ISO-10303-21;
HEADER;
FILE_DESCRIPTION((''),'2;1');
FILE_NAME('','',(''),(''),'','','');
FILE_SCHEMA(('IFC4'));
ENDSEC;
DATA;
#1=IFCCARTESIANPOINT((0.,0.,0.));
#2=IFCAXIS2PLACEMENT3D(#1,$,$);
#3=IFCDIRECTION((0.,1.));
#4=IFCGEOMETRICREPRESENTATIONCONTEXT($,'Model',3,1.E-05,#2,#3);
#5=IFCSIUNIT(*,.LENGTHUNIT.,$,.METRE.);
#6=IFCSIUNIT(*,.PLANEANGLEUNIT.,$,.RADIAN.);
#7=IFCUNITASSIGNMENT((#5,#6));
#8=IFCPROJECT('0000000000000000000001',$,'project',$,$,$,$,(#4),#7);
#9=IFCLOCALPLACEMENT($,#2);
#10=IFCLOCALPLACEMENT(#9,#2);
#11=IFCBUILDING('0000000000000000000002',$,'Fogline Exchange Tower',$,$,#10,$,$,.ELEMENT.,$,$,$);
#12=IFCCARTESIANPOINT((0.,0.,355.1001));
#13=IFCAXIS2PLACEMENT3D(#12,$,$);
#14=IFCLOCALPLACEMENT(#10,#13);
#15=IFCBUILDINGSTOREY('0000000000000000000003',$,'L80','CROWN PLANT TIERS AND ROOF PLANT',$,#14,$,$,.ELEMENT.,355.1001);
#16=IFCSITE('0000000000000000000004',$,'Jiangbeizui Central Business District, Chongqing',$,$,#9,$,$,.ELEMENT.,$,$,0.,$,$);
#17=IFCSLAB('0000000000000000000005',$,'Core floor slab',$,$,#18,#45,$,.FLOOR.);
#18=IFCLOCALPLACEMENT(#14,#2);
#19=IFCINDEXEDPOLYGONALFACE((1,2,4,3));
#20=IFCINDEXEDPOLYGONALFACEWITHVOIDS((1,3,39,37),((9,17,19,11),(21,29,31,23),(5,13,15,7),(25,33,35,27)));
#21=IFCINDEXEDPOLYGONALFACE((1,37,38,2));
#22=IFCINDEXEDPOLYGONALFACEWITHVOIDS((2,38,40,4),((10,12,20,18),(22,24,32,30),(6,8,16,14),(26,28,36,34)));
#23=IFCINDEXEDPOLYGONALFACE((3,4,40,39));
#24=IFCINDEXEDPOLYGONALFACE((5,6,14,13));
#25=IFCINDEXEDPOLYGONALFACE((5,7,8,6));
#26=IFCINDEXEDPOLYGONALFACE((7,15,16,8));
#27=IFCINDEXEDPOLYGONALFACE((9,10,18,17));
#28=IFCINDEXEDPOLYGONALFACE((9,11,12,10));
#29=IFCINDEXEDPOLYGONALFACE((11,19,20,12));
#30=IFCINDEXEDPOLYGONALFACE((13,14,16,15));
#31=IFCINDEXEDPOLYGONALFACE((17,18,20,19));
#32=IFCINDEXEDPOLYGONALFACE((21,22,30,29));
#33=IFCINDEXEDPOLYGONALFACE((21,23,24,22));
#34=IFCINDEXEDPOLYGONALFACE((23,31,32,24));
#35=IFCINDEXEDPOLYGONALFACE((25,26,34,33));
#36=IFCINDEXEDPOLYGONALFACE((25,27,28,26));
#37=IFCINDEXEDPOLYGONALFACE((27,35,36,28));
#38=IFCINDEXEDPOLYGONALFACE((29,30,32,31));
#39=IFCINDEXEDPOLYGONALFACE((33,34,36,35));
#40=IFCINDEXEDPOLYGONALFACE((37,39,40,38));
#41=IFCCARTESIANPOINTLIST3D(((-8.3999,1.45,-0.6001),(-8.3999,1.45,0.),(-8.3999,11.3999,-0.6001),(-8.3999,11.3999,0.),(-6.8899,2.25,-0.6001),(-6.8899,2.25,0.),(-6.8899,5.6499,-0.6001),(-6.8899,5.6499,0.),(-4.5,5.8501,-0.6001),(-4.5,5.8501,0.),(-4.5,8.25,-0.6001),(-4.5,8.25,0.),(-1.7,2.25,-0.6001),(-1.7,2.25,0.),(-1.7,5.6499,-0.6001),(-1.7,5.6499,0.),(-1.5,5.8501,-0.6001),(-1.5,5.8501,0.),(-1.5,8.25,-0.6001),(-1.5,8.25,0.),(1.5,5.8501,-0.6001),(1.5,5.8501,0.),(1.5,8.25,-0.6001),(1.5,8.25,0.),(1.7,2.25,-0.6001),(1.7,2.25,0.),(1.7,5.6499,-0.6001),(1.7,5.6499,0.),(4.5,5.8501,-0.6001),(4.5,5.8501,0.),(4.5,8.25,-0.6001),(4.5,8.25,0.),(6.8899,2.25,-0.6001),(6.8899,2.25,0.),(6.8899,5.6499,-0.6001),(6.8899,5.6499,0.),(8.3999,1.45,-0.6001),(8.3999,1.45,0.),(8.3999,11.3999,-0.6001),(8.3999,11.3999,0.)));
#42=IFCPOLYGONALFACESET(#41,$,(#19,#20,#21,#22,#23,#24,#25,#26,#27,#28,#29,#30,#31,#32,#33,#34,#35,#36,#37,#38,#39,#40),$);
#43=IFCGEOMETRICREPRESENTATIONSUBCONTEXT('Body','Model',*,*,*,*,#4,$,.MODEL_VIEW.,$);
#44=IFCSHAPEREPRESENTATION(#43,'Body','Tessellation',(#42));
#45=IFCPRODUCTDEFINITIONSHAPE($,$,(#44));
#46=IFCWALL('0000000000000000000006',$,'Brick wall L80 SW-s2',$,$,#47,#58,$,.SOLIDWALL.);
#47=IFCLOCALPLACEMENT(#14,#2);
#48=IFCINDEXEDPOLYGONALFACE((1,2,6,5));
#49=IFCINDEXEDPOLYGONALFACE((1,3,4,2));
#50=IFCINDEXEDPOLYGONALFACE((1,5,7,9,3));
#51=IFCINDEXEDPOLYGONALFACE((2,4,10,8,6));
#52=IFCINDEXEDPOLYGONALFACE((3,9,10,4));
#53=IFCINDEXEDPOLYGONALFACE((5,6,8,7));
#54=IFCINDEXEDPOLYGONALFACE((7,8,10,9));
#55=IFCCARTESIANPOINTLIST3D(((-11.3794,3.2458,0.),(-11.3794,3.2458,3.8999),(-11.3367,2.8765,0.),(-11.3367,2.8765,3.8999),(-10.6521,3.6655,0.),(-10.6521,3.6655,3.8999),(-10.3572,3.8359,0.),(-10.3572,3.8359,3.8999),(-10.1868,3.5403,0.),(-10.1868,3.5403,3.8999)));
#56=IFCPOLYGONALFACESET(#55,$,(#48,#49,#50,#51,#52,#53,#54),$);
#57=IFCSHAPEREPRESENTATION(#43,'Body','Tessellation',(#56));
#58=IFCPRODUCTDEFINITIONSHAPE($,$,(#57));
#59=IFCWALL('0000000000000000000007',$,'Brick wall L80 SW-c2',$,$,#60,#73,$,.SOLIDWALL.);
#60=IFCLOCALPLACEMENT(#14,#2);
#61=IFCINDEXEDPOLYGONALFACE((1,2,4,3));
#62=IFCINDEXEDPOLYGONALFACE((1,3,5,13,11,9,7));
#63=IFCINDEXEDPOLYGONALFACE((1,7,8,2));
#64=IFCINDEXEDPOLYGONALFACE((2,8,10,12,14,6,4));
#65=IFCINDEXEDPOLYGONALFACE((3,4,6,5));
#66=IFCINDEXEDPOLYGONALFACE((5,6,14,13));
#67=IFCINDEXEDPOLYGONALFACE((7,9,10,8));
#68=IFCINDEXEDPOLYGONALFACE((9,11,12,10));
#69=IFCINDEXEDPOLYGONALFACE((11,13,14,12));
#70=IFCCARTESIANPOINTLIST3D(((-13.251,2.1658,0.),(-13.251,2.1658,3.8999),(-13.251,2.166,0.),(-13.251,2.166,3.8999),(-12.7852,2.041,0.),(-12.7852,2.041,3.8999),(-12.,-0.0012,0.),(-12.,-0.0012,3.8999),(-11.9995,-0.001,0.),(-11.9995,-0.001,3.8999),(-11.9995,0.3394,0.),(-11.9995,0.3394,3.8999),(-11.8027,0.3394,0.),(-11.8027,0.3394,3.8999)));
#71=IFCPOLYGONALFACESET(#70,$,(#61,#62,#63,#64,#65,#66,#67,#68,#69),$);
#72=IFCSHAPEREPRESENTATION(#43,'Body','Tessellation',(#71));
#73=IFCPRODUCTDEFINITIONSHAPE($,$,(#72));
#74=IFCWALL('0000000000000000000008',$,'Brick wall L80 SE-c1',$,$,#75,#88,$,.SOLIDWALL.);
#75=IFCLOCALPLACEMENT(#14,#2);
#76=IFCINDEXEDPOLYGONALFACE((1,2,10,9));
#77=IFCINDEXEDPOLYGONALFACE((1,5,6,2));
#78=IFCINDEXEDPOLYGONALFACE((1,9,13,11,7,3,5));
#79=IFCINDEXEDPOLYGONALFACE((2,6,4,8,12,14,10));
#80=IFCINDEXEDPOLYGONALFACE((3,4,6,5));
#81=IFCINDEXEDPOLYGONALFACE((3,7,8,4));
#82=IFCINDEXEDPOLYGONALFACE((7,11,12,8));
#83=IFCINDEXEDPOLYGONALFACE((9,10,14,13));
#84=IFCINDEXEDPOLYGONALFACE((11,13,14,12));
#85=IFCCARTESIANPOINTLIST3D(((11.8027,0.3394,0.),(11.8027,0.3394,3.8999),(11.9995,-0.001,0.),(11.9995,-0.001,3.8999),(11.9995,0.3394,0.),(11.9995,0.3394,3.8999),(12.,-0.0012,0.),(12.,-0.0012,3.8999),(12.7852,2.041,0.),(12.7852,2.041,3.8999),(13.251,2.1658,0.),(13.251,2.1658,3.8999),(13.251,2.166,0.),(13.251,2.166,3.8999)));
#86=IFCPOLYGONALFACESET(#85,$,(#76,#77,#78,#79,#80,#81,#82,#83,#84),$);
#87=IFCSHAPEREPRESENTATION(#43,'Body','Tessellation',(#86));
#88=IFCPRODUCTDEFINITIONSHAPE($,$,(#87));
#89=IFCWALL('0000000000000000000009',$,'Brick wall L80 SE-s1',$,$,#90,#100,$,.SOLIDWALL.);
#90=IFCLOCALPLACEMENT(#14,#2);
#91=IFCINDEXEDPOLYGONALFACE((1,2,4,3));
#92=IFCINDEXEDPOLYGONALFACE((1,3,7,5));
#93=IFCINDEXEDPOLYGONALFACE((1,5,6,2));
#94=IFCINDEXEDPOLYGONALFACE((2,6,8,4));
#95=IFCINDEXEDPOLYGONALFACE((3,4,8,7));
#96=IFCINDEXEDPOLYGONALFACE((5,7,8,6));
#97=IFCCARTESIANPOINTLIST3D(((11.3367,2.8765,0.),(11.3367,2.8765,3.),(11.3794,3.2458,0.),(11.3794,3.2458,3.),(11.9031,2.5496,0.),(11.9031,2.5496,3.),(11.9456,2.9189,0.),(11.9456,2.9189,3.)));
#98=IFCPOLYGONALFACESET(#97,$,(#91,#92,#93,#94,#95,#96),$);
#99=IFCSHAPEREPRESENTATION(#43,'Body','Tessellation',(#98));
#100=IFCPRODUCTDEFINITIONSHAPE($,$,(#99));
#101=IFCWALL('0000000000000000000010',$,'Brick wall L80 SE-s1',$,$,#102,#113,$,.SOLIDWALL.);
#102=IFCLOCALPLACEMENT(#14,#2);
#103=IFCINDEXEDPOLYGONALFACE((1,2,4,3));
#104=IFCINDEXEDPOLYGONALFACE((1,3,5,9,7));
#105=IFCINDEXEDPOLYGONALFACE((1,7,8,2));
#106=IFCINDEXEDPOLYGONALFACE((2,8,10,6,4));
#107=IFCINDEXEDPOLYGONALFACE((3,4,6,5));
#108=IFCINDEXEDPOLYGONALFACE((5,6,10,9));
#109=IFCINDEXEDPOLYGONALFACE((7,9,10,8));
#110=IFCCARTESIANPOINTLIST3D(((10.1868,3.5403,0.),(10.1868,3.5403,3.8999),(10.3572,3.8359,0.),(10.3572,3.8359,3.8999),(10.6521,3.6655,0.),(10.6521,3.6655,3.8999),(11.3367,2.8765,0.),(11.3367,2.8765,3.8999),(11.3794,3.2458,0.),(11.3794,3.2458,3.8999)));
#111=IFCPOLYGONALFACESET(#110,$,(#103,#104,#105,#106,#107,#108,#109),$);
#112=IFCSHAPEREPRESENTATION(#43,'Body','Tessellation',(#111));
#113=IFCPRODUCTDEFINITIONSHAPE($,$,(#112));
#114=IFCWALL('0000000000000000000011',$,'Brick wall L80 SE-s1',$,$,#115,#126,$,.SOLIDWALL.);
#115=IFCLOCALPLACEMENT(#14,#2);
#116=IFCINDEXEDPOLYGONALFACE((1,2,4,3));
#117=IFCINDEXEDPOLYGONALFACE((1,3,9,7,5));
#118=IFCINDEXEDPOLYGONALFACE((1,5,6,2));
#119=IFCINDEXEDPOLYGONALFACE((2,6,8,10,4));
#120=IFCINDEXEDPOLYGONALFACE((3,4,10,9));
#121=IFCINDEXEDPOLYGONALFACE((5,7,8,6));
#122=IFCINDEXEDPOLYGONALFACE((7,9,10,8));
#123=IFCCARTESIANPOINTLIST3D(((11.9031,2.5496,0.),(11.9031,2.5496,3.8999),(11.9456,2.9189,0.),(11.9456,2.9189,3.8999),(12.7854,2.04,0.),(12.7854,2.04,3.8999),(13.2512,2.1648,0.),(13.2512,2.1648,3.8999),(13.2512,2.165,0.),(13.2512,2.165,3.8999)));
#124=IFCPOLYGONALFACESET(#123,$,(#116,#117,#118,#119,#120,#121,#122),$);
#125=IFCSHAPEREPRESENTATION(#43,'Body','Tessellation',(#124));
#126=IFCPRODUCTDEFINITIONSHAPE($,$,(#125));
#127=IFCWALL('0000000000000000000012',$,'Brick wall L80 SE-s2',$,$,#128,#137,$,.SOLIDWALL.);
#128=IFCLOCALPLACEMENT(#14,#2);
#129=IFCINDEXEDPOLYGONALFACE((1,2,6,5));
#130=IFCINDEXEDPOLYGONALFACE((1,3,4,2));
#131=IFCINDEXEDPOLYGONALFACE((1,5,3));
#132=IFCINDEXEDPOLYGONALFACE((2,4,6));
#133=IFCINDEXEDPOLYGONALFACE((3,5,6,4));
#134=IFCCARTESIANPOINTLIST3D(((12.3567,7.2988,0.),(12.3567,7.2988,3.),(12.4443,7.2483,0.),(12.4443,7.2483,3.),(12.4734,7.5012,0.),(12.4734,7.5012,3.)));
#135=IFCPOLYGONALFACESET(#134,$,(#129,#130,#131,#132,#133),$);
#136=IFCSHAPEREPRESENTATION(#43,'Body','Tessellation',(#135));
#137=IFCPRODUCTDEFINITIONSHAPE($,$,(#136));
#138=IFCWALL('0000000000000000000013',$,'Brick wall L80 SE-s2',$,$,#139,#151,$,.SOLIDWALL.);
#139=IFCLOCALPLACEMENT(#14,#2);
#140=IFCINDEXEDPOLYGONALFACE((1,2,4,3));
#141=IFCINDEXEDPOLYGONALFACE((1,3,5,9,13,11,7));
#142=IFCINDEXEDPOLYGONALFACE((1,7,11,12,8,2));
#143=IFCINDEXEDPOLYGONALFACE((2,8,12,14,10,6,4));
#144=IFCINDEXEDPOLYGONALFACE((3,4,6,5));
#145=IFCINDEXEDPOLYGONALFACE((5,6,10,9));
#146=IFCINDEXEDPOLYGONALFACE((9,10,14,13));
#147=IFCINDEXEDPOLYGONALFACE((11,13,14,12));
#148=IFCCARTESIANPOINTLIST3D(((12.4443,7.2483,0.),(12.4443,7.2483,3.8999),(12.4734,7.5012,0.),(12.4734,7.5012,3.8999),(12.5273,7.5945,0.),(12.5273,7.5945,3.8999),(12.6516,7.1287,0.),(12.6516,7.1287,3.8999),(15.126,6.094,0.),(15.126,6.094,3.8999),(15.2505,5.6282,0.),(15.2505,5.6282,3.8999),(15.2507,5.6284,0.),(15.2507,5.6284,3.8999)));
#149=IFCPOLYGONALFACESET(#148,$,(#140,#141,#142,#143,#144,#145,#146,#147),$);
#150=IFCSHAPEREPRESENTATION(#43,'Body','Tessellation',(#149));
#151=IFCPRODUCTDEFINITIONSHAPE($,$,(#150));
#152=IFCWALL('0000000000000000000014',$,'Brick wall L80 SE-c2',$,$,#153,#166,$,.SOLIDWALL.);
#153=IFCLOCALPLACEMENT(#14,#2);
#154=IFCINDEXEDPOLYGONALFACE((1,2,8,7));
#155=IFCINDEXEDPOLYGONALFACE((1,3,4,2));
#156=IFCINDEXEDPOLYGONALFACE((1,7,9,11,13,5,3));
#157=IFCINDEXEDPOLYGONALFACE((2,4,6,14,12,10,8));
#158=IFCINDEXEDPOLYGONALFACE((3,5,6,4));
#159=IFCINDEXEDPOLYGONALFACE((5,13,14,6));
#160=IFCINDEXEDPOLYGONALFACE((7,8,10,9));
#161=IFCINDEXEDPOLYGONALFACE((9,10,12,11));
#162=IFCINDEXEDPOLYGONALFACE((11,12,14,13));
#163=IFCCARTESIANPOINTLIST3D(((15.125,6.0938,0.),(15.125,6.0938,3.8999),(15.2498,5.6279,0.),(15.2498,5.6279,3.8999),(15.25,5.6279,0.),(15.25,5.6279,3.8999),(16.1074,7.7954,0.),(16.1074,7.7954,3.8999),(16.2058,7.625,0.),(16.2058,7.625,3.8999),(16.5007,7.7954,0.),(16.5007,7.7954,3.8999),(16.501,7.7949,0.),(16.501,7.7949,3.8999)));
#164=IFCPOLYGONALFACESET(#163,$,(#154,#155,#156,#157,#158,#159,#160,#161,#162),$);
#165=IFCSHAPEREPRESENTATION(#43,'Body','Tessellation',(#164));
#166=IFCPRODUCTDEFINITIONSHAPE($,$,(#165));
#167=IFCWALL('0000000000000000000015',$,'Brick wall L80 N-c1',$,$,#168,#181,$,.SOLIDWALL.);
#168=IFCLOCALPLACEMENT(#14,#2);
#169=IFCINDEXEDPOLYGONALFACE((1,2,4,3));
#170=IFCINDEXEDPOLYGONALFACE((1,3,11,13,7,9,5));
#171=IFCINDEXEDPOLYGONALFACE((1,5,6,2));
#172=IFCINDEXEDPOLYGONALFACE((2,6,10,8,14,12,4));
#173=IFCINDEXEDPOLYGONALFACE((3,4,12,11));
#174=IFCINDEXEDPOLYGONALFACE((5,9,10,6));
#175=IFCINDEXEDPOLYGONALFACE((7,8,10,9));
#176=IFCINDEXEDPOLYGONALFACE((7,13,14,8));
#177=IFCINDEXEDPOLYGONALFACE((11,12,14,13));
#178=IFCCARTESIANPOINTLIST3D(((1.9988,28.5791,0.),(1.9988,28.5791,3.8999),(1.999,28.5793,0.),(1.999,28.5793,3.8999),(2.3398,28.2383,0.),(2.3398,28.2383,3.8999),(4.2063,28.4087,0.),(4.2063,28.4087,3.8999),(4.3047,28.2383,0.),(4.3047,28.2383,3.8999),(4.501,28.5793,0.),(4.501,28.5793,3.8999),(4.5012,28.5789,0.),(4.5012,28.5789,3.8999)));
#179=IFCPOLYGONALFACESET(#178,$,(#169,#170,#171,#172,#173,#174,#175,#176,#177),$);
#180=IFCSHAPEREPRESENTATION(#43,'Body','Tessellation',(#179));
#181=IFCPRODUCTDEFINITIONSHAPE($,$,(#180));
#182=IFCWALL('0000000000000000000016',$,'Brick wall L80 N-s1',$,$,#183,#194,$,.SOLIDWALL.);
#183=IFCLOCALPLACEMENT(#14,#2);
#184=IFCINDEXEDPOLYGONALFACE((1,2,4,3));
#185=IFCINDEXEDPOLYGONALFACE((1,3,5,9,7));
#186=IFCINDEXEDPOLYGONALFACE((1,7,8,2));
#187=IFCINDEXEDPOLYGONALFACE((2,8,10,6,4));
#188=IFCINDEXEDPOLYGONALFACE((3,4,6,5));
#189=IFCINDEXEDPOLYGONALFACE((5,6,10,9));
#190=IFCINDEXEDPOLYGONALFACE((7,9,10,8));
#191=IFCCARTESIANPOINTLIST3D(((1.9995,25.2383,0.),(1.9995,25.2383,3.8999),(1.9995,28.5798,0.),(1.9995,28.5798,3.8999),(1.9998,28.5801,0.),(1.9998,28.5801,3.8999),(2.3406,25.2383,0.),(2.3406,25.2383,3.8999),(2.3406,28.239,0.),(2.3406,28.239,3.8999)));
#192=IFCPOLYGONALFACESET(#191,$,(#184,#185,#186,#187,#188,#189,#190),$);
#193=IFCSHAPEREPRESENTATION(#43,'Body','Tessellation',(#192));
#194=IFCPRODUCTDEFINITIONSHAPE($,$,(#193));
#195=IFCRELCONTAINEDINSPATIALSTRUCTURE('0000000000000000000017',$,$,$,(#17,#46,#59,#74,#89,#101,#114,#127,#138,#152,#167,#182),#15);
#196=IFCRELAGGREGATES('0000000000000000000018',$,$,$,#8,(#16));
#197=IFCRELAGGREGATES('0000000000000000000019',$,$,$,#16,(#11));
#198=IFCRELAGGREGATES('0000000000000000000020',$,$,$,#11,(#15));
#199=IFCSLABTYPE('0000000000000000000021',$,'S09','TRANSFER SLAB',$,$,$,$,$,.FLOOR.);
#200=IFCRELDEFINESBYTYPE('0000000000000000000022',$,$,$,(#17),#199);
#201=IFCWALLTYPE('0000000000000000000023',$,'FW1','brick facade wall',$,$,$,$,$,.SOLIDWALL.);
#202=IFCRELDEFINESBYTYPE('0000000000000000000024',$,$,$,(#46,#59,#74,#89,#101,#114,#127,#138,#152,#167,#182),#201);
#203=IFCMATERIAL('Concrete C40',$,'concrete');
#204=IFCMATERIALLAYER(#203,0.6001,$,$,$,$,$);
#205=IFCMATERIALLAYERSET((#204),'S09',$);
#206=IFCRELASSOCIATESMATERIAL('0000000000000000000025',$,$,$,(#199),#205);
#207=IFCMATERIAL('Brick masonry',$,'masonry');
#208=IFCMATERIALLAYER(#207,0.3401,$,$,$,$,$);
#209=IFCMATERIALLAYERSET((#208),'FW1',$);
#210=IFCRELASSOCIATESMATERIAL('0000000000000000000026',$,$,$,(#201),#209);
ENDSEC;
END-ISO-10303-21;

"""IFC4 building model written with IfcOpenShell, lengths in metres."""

from ifc_helpers import new_model, si_unit, direction, frame, origin, place, context, subcontext, project, spatial, polyline, outline, extrude, material, layer, layer_set, type_object, element, save


model = new_model("IFC4")

# Units and contexts
model_context = context("Model", 3, precision=1e-05, world=origin(), true_north=direction((0.0, 1.0)))
body_context = subcontext(model_context, "Body", "Model", "MODEL_VIEW")
ifc_project = project(units=[si_unit("LENGTHUNIT", "METRE"), si_unit("PLANEANGLEUNIT", "RADIAN")], contexts=[model_context])

# Site, building, storey
site_placement = place(None, origin())
site = spatial("IfcSite", under=ifc_project, at=site_placement, Name="Jiangbeizui Central Business District, Chongqing", CompositionType="ELEMENT", RefElevation=0.0)
building_placement = place(site_placement, origin())
building = spatial("IfcBuilding", under=site, at=building_placement, Name="Fogline Exchange Tower", CompositionType="ELEMENT")
storey_placement = place(building_placement, frame((0.0, 0.0, 355.1001)))
storey = spatial("IfcBuildingStorey", under=building, at=storey_placement, Name="L80", Description="CROWN PLANT TIERS AND ROOF PLANT", CompositionType="ELEMENT", Elevation=355.1001)

# Slab
ifc_material_1 = material(Name="Concrete C40", Category="concrete")
ifc_layer_1 = layer(ifc_material_1, 0.6001)
ifc_layer_set_1 = layer_set([ifc_layer_1], Name="S09")
slab_type = type_object("IfcSlabType", Name="S09", Description="TRANSFER SLAB", PredefinedType="FLOOR", material=ifc_layer_set_1)
slab_placement = place(storey_placement, frame((0.0, 0.0, -0.6001)))
element("IfcSlab", 1, at=slab_placement, inside=storey, type_object=slab_type, Name="Core floor slab", PredefinedType="FLOOR", context=body_context, shape_type="SweptSolid", body=[
    extrude(outline(polyline([(-8.3999, 11.3999), (8.3999, 11.3999), (8.3999, 1.45), (-8.3999, 1.45), (-8.3999, 11.3999)]), holes=[polyline([(-6.8899, 2.25), (-1.7, 2.25), (-1.7, 5.6499), (-6.8899, 5.6499), (-6.8899, 2.25)]), polyline([(1.7, 2.25), (6.8899, 2.25), (6.8899, 5.6499), (1.7, 5.6499), (1.7, 2.25)]), polyline([(-4.5, 5.8501), (-1.5, 5.8501), (-1.5, 8.25), (-4.5, 8.25), (-4.5, 5.8501)]), polyline([(1.5, 5.8501), (4.5, 5.8501), (4.5, 8.25), (1.5, 8.25), (1.5, 5.8501)])]), origin(), (0.0, 0.0, 1.0), 0.6001),
])

# Walls
ifc_material_2 = material(Name="Brick masonry", Category="masonry")
ifc_layer_2 = layer(ifc_material_2, 0.3401)
ifc_layer_set_2 = layer_set([ifc_layer_2], Name="FW1")
wall_type = type_object("IfcWallType", Name="FW1", Description="brick facade wall", PredefinedType="SOLIDWALL", material=ifc_layer_set_2)
wall_1_placement = place(storey_placement, origin())
element("IfcWall", 2, at=wall_1_placement, inside=storey, type_object=wall_type, Name="Brick wall L80 SW-s2", PredefinedType="SOLIDWALL", context=body_context, shape_type="SweptSolid", body=[
    extrude(outline(polyline([(-10.6521, 3.6655), (-10.3572, 3.8359), (-10.1868, 3.5403), (-11.3367, 2.8765), (-11.3794, 3.2458), (-10.6521, 3.6655)])), origin(), (0.0, 0.0, 1.0), 3.8999),
])
wall_2_placement = place(storey_placement, origin())
element("IfcWall", 3, at=wall_2_placement, inside=storey, type_object=wall_type, Name="Brick wall L80 SW-c2", PredefinedType="SOLIDWALL", context=body_context, shape_type="SweptSolid", body=[
    extrude(outline(polyline([(-11.8027, 0.3394), (-11.9995, 0.3394), (-11.9995, -0.001), (-12.0, -0.0012), (-13.251, 2.1658), (-13.251, 2.166), (-12.7852, 2.041), (-11.8027, 0.3394)])), origin(), (0.0, 0.0, 1.0), 3.8999),
])
wall_3_placement = place(storey_placement, origin())
element("IfcWall", 4, at=wall_3_placement, inside=storey, type_object=wall_type, Name="Brick wall L80 SE-c1", PredefinedType="SOLIDWALL", context=body_context, shape_type="SweptSolid", body=[
    extrude(outline(polyline([(13.251, 2.1658), (12.0, -0.0012), (11.9995, -0.001), (11.9995, 0.3394), (11.8027, 0.3394), (12.7852, 2.041), (13.251, 2.166), (13.251, 2.1658)])), origin(), (0.0, 0.0, 1.0), 3.8999),
])
wall_4_placement = place(storey_placement, origin())
element("IfcWall", 5, at=wall_4_placement, inside=storey, type_object=wall_type, Name="Brick wall L80 SE-s1", PredefinedType="SOLIDWALL", context=body_context, shape_type="SweptSolid", body=[
    extrude(outline(polyline([(11.9456, 2.9189), (11.9031, 2.5496), (11.3367, 2.8765), (11.3794, 3.2458), (11.9456, 2.9189)])), origin(), (0.0, 0.0, 1.0), 3.0),
])
wall_5_placement = place(storey_placement, origin())
element("IfcWall", 6, at=wall_5_placement, inside=storey, type_object=wall_type, Name="Brick wall L80 SE-s1", PredefinedType="SOLIDWALL", context=body_context, shape_type="SweptSolid", body=[
    extrude(outline(polyline([(10.3572, 3.8359), (10.6521, 3.6655), (11.3794, 3.2458), (11.3367, 2.8765), (10.1868, 3.5403), (10.3572, 3.8359)])), origin(), (0.0, 0.0, 1.0), 3.8999),
])
wall_6_placement = place(storey_placement, origin())
element("IfcWall", 7, at=wall_6_placement, inside=storey, type_object=wall_type, Name="Brick wall L80 SE-s1", PredefinedType="SOLIDWALL", context=body_context, shape_type="SweptSolid", body=[
    extrude(outline(polyline([(13.2512, 2.165), (13.2512, 2.1648), (12.7854, 2.04), (11.9031, 2.5496), (11.9456, 2.9189), (13.2512, 2.165)])), origin(), (0.0, 0.0, 1.0), 3.8999),
])
wall_7_placement = place(storey_placement, origin())
element("IfcWall", 8, at=wall_7_placement, inside=storey, type_object=wall_type, Name="Brick wall L80 SE-s2", PredefinedType="SOLIDWALL", context=body_context, shape_type="SweptSolid", body=[
    extrude(outline(polyline([(12.3567, 7.2988), (12.4734, 7.5012), (12.4443, 7.2483), (12.3567, 7.2988)])), origin(), (0.0, 0.0, 1.0), 3.0),
])
wall_8_placement = place(storey_placement, origin())
element("IfcWall", 9, at=wall_8_placement, inside=storey, type_object=wall_type, Name="Brick wall L80 SE-s2", PredefinedType="SOLIDWALL", context=body_context, shape_type="SweptSolid", body=[
    extrude(outline(polyline([(12.6516, 7.1287), (12.4443, 7.2483), (12.4734, 7.5012), (12.5273, 7.5945), (15.126, 6.094), (15.2507, 5.6284), (15.2505, 5.6282), (12.6516, 7.1287)])), origin(), (0.0, 0.0, 1.0), 3.8999),
])
wall_9_placement = place(storey_placement, origin())
element("IfcWall", 10, at=wall_9_placement, inside=storey, type_object=wall_type, Name="Brick wall L80 SE-c2", PredefinedType="SOLIDWALL", context=body_context, shape_type="SweptSolid", body=[
    extrude(outline(polyline([(16.1074, 7.7954), (16.2058, 7.625), (16.5007, 7.7954), (16.501, 7.7949), (15.25, 5.6279), (15.2498, 5.6279), (15.125, 6.0938), (16.1074, 7.7954)])), origin(), (0.0, 0.0, 1.0), 3.8999),
])
wall_10_placement = place(storey_placement, origin())
element("IfcWall", 11, at=wall_10_placement, inside=storey, type_object=wall_type, Name="Brick wall L80 N-c1", PredefinedType="SOLIDWALL", context=body_context, shape_type="SweptSolid", body=[
    extrude(outline(polyline([(1.999, 28.5793), (4.501, 28.5793), (4.5012, 28.5789), (4.2063, 28.4087), (4.3047, 28.2383), (2.3398, 28.2383), (1.9988, 28.5791), (1.999, 28.5793)])), origin(), (0.0, 0.0, 1.0), 3.8999),
])
wall_11_placement = place(storey_placement, origin())
element("IfcWall", 12, at=wall_11_placement, inside=storey, type_object=wall_type, Name="Brick wall L80 N-s1", PredefinedType="SOLIDWALL", context=body_context, shape_type="SweptSolid", body=[
    extrude(outline(polyline([(2.3406, 25.2383), (1.9995, 25.2383), (1.9995, 28.5798), (1.9998, 28.5801), (2.3406, 28.239), (2.3406, 25.2383)])), origin(), (0.0, 0.0, 1.0), 3.8999),
])

save(model, "model.ifc")
